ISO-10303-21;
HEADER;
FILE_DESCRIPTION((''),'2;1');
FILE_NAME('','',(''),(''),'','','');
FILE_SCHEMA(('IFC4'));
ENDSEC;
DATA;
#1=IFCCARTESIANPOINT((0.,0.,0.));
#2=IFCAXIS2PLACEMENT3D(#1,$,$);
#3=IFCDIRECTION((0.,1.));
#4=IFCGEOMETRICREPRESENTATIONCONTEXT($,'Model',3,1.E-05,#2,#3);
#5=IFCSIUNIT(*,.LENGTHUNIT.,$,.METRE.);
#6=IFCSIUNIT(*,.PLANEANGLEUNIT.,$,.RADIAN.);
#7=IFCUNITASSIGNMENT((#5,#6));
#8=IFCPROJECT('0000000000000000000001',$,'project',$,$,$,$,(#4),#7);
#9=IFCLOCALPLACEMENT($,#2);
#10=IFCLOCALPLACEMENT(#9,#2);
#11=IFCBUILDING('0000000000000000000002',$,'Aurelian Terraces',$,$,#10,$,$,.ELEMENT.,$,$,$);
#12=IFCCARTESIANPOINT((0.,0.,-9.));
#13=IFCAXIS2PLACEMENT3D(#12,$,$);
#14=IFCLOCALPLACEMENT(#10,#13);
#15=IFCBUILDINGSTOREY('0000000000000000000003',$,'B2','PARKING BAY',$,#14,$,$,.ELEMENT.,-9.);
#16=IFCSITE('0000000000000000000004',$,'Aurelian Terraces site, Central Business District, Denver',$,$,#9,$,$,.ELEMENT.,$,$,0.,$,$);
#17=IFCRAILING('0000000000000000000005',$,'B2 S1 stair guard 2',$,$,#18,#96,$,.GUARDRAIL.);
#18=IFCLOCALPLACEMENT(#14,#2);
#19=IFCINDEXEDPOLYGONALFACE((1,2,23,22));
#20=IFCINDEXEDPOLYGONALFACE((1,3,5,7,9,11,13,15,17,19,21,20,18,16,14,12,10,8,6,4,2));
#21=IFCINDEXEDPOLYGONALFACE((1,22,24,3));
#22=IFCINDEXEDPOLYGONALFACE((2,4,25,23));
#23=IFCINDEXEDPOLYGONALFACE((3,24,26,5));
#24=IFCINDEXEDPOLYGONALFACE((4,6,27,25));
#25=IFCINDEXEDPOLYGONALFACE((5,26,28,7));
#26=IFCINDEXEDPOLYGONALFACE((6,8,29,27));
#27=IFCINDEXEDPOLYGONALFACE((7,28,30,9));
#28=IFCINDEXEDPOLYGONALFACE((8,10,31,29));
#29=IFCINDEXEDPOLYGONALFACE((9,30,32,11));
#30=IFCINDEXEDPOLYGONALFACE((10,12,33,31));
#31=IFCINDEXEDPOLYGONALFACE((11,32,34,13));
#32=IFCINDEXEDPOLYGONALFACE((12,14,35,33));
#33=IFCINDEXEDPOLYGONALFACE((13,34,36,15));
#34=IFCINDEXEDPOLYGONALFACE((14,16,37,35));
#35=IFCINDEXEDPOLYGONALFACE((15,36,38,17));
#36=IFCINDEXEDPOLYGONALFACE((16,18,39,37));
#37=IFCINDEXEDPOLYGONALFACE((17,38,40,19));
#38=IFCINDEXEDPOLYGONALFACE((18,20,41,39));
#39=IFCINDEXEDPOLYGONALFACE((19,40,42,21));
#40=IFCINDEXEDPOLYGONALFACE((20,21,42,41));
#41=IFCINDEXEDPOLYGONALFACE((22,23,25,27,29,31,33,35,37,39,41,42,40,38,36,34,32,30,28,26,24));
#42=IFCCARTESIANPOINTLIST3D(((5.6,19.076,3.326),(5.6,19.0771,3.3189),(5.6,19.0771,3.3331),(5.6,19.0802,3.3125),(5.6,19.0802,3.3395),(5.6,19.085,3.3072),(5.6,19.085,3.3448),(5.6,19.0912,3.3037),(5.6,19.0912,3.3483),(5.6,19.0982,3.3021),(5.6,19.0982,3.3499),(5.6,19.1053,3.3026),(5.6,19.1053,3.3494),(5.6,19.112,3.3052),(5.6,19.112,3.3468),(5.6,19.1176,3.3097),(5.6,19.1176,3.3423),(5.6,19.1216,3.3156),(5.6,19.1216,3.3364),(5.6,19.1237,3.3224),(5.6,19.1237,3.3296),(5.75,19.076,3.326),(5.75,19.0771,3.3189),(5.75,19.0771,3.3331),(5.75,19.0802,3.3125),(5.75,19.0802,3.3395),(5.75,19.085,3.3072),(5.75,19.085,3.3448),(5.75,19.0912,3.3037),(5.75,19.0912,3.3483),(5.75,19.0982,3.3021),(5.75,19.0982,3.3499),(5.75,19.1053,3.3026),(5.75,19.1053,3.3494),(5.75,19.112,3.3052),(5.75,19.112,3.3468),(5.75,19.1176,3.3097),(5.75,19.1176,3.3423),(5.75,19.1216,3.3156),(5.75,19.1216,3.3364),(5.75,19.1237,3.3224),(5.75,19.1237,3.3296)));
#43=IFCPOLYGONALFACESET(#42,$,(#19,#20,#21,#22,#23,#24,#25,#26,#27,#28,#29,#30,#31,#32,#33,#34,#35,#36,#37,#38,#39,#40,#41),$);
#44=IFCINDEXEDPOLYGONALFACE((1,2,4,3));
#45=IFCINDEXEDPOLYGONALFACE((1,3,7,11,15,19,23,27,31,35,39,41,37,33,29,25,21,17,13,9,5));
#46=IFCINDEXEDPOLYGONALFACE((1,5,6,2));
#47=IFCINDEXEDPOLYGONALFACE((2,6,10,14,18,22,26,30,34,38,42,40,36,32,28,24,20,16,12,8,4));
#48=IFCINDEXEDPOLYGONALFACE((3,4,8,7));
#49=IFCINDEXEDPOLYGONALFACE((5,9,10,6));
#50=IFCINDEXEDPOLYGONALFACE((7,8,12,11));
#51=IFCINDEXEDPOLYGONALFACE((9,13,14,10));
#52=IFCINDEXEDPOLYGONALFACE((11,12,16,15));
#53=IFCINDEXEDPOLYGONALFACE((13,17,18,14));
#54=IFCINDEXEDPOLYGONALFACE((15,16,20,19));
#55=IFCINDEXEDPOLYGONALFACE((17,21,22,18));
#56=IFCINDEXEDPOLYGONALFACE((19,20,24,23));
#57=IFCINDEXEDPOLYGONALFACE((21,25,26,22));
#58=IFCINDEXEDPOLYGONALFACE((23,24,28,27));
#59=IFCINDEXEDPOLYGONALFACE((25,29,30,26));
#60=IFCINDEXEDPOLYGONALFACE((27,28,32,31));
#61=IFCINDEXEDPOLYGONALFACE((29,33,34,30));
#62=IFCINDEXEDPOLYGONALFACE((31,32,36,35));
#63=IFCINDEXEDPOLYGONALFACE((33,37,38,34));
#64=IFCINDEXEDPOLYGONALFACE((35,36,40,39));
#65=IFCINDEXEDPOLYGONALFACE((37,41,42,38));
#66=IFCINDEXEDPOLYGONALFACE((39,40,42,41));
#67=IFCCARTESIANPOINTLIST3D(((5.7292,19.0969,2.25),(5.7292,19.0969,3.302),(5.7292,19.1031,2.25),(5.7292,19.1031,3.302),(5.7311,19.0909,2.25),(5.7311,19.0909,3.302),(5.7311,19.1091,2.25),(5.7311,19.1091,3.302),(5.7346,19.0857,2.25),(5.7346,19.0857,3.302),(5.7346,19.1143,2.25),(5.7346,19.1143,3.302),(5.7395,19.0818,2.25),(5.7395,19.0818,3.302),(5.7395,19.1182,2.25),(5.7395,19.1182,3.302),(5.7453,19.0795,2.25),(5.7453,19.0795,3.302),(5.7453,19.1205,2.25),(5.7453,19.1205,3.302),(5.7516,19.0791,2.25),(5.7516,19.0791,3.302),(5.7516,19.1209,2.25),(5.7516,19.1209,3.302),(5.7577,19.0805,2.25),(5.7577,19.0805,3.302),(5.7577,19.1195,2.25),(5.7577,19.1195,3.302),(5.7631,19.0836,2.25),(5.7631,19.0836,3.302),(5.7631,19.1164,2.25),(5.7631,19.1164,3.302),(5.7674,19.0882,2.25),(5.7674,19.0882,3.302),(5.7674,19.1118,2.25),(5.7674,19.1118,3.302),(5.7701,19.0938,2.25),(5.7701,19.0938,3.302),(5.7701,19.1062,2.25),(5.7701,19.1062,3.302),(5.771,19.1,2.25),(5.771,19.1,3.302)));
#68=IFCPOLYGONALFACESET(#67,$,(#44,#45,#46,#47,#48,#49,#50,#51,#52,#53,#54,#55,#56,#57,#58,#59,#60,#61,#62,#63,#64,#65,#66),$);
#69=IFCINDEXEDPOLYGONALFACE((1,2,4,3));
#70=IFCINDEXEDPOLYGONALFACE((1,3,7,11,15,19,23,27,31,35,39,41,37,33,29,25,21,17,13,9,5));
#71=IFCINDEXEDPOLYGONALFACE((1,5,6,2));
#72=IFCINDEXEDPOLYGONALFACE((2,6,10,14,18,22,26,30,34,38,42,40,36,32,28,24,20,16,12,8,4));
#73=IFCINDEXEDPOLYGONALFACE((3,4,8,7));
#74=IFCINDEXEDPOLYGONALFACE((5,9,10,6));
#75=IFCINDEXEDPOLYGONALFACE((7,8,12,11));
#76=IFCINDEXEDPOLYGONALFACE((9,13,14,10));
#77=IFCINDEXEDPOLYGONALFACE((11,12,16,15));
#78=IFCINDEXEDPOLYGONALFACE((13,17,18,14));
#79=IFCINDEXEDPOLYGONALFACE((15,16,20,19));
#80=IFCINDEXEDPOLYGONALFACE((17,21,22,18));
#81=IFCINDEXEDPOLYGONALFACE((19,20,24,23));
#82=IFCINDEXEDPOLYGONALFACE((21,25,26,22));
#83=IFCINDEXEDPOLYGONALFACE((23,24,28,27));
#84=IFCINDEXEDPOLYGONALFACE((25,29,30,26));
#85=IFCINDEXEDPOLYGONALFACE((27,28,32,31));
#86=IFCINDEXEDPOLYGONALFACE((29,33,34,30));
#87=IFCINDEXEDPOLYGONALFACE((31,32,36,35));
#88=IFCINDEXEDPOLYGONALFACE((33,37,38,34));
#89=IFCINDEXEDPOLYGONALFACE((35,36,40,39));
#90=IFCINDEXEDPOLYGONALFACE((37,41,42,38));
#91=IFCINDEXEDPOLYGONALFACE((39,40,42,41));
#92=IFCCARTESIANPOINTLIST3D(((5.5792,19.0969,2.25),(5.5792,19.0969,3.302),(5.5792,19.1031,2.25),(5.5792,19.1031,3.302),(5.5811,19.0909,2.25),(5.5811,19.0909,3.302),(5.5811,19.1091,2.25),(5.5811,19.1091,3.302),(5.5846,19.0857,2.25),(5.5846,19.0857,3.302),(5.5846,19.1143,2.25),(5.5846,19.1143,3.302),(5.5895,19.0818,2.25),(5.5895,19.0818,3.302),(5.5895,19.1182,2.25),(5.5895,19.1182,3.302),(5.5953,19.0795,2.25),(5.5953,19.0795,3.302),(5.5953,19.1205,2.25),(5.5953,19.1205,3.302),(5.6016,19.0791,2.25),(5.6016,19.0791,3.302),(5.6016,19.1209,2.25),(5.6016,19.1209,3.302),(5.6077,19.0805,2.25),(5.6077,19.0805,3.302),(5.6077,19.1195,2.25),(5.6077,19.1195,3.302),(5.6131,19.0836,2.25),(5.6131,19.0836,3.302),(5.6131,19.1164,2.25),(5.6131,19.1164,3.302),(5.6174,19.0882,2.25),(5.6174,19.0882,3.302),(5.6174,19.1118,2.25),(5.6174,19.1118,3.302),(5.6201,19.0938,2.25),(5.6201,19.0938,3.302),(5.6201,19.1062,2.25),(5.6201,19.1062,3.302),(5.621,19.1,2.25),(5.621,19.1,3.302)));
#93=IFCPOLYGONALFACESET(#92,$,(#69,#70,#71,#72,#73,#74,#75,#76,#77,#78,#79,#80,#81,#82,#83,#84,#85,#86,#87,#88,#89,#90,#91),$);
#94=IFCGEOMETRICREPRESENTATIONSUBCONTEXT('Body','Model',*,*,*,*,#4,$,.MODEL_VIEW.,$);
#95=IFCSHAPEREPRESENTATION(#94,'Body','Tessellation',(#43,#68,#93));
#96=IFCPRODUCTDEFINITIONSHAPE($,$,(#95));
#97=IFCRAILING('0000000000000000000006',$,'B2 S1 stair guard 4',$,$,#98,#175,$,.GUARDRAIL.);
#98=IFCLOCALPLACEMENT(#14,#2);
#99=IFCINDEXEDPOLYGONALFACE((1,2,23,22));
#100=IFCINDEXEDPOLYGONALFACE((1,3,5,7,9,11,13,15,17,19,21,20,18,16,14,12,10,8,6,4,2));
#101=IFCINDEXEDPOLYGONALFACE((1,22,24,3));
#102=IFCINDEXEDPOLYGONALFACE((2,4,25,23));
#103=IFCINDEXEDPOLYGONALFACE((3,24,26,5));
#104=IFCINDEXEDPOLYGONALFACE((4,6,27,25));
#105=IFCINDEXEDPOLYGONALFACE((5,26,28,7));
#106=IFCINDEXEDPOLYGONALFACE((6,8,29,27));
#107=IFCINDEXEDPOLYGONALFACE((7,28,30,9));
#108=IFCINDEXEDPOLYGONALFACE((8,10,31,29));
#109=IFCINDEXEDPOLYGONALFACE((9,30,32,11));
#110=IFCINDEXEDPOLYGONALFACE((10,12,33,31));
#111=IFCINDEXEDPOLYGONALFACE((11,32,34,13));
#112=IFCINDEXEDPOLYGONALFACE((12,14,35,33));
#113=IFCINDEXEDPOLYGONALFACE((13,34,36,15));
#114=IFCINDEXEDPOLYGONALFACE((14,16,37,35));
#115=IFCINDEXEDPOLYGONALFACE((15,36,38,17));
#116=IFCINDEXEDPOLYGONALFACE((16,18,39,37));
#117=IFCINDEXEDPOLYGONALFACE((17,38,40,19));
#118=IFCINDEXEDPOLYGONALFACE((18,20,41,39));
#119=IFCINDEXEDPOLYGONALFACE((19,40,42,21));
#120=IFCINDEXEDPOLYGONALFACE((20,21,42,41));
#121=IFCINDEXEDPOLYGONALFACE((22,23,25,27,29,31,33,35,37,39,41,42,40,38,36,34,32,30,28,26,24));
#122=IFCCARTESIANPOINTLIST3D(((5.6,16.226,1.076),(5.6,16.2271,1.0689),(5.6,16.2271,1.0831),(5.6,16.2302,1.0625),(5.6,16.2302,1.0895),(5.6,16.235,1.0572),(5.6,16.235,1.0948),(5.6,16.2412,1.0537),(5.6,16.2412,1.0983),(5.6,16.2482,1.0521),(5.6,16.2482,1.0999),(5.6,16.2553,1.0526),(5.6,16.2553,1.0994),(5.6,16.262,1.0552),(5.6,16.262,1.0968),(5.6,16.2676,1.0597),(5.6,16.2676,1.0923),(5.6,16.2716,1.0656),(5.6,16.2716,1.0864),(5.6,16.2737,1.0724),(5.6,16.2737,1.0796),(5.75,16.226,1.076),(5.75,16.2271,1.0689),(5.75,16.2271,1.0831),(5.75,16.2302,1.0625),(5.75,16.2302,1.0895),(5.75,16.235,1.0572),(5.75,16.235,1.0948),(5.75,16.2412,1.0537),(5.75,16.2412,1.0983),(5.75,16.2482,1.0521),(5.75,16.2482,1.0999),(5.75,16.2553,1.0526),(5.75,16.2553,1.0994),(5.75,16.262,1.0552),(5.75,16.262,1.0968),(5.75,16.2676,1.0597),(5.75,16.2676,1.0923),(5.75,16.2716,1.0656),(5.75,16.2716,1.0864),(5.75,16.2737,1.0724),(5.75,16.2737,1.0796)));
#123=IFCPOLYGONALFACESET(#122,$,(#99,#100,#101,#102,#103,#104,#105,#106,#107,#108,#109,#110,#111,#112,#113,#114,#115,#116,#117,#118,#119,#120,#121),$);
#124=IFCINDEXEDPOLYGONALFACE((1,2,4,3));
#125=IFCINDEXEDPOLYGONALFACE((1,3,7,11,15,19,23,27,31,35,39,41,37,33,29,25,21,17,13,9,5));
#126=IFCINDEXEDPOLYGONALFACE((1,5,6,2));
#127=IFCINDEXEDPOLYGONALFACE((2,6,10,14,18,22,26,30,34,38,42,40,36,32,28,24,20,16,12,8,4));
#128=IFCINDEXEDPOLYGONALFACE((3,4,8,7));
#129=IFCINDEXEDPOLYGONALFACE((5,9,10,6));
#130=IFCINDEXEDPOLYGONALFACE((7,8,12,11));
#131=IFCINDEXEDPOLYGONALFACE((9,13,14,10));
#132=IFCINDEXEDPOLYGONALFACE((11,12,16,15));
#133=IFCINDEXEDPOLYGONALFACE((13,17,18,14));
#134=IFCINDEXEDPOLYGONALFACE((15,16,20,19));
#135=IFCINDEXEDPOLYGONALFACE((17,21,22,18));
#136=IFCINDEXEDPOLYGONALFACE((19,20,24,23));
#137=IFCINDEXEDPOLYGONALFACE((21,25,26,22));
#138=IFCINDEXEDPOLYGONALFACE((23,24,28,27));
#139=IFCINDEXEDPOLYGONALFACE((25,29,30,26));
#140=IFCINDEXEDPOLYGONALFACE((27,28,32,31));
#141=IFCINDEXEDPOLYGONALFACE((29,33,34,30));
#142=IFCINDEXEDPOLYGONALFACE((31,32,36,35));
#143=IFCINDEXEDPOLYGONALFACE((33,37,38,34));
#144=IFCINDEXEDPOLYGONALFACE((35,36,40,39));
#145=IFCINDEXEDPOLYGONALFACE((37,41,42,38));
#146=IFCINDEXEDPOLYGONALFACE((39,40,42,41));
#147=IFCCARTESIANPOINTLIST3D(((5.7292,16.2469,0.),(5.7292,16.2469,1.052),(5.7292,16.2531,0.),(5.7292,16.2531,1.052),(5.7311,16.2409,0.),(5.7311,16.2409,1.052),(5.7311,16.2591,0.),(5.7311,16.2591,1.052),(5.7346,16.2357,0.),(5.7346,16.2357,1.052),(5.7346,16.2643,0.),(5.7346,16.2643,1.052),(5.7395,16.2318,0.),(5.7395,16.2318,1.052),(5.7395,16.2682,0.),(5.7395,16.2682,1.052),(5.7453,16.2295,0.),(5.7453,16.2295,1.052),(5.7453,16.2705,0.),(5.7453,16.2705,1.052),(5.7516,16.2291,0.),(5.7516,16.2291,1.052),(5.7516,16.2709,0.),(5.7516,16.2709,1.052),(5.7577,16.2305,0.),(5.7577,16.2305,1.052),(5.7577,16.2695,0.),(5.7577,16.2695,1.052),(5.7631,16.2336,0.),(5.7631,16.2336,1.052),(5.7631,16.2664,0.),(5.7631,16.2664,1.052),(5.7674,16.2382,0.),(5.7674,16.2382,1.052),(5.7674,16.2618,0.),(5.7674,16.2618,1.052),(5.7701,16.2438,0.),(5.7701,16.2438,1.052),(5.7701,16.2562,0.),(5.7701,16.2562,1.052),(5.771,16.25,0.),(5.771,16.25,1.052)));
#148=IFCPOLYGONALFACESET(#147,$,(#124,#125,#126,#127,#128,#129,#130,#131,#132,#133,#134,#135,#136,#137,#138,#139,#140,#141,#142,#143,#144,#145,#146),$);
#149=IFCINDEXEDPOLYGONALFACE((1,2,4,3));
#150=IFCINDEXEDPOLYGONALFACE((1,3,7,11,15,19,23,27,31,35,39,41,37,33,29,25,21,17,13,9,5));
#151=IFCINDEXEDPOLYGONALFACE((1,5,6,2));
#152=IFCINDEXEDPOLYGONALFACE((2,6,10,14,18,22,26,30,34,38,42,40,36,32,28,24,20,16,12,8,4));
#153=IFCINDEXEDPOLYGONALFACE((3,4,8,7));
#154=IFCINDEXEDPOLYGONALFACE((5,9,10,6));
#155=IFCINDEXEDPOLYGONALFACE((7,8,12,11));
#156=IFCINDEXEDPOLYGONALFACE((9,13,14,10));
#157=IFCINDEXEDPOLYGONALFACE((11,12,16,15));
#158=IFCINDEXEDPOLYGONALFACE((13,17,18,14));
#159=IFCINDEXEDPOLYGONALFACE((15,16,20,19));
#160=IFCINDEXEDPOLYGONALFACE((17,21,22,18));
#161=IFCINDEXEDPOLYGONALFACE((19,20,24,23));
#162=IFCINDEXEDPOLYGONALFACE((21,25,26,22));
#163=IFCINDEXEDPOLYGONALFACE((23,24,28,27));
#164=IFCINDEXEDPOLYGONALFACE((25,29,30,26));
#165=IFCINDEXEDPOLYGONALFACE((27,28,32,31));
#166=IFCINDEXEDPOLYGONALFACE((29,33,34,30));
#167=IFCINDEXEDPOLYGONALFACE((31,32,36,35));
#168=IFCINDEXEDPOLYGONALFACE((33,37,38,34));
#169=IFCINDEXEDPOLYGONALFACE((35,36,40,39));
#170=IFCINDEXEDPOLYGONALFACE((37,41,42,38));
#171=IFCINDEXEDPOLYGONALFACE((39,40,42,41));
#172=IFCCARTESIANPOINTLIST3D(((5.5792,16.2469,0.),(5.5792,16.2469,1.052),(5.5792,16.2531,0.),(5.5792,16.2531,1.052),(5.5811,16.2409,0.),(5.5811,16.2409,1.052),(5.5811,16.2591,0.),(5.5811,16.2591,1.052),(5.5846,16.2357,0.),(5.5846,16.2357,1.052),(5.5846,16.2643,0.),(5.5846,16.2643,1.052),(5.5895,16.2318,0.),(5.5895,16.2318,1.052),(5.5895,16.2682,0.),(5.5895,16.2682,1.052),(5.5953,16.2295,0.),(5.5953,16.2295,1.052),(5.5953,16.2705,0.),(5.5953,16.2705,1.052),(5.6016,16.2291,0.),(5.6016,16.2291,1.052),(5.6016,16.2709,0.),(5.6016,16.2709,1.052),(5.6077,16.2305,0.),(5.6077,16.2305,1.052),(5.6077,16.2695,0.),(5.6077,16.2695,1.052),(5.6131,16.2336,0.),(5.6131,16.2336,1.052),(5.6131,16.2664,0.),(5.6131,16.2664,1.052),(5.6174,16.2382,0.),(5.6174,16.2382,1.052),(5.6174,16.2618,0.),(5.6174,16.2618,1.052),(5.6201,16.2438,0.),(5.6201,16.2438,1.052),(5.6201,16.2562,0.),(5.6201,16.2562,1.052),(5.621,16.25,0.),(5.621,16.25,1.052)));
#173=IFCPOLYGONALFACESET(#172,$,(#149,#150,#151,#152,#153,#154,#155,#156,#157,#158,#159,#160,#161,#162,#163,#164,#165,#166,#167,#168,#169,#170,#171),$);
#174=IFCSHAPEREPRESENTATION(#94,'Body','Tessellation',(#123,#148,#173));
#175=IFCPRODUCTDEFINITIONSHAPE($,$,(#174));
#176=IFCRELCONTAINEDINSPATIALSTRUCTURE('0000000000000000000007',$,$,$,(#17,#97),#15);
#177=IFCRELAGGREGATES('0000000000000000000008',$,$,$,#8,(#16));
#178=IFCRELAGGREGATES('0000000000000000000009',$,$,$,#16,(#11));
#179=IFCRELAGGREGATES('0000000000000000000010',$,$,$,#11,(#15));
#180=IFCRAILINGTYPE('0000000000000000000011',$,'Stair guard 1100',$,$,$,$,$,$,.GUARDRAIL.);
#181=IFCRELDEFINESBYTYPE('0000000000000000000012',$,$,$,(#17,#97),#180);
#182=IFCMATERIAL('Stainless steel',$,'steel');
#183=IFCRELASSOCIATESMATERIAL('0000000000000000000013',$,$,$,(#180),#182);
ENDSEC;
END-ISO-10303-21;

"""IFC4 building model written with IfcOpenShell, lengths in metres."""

from ifc_helpers import new_model, si_unit, direction, frame, origin, origin_2d, place, context, subcontext, project, spatial, circle, extrude, source, transform, mapped, material, type_object, element, save


model = new_model("IFC4")

# Units and contexts
model_context = context("Model", 3, precision=1e-05, world=origin(), true_north=direction((0.0, 1.0)))
body_context = subcontext(model_context, "Body", "Model", "MODEL_VIEW")
ifc_project = project(units=[si_unit("LENGTHUNIT", "METRE"), si_unit("PLANEANGLEUNIT", "RADIAN")], contexts=[model_context])

# Site, building, storey
site_placement = place(None, origin())
site = spatial("IfcSite", under=ifc_project, at=site_placement, Name="Aurelian Terraces site, Central Business District, Denver", CompositionType="ELEMENT", RefElevation=0.0)
building_placement = place(site_placement, origin())
building = spatial("IfcBuilding", under=site, at=building_placement, Name="Aurelian Terraces", CompositionType="ELEMENT")
storey_placement = place(building_placement, frame((0.0, 0.0, -9.0)))
storey = spatial("IfcBuildingStorey", under=building, at=storey_placement, Name="B2", Description="PARKING BAY", CompositionType="ELEMENT", Elevation=-9.0)

# Shared definitions
ifc_material_1 = material(Name="Stainless steel", Category="steel")

# Railings
railing_type_1 = type_object("IfcRailingType", Name="Stair guard 1100", PredefinedType="GUARDRAIL", material=ifc_material_1)
shared_shape_1 = source(origin(), body_context, "Body", "SweptSolid", [
    extrude(circle(Radius=0.024, at=origin_2d()), frame((0.0, 0.0, 1.076), z_axis=(-1.0, 0.0, 0.0), x_axis=(0.0, -1.0, 0.0)), (0.0, 0.0, 1.0), 0.15),
    extrude(circle(Radius=0.021, at=origin_2d()), origin(), (0.0, 0.0, 1.0), 1.052),
    extrude(circle(Radius=0.021, at=origin_2d()), frame((-0.15, 0.0, 0.0)), (0.0, 0.0, 1.0), 1.052),
])
for number, where, name in (
    (1, (5.75, 19.1, 2.25), "B2 S1 stair guard 2"),
    (2, (5.75, 16.25, 0.0), "B2 S1 stair guard 4"),
):
    element("IfcRailing", number, at=place(storey_placement, frame(where)), inside=storey, type_object=railing_type_1, Name=name, PredefinedType="GUARDRAIL", context=body_context, shape_type="MappedRepresentation", body=[
        mapped(shared_shape_1, transform((0.0, 0.0, 0.0), scale=1.0)),
    ])

save(model, "model.ifc")
